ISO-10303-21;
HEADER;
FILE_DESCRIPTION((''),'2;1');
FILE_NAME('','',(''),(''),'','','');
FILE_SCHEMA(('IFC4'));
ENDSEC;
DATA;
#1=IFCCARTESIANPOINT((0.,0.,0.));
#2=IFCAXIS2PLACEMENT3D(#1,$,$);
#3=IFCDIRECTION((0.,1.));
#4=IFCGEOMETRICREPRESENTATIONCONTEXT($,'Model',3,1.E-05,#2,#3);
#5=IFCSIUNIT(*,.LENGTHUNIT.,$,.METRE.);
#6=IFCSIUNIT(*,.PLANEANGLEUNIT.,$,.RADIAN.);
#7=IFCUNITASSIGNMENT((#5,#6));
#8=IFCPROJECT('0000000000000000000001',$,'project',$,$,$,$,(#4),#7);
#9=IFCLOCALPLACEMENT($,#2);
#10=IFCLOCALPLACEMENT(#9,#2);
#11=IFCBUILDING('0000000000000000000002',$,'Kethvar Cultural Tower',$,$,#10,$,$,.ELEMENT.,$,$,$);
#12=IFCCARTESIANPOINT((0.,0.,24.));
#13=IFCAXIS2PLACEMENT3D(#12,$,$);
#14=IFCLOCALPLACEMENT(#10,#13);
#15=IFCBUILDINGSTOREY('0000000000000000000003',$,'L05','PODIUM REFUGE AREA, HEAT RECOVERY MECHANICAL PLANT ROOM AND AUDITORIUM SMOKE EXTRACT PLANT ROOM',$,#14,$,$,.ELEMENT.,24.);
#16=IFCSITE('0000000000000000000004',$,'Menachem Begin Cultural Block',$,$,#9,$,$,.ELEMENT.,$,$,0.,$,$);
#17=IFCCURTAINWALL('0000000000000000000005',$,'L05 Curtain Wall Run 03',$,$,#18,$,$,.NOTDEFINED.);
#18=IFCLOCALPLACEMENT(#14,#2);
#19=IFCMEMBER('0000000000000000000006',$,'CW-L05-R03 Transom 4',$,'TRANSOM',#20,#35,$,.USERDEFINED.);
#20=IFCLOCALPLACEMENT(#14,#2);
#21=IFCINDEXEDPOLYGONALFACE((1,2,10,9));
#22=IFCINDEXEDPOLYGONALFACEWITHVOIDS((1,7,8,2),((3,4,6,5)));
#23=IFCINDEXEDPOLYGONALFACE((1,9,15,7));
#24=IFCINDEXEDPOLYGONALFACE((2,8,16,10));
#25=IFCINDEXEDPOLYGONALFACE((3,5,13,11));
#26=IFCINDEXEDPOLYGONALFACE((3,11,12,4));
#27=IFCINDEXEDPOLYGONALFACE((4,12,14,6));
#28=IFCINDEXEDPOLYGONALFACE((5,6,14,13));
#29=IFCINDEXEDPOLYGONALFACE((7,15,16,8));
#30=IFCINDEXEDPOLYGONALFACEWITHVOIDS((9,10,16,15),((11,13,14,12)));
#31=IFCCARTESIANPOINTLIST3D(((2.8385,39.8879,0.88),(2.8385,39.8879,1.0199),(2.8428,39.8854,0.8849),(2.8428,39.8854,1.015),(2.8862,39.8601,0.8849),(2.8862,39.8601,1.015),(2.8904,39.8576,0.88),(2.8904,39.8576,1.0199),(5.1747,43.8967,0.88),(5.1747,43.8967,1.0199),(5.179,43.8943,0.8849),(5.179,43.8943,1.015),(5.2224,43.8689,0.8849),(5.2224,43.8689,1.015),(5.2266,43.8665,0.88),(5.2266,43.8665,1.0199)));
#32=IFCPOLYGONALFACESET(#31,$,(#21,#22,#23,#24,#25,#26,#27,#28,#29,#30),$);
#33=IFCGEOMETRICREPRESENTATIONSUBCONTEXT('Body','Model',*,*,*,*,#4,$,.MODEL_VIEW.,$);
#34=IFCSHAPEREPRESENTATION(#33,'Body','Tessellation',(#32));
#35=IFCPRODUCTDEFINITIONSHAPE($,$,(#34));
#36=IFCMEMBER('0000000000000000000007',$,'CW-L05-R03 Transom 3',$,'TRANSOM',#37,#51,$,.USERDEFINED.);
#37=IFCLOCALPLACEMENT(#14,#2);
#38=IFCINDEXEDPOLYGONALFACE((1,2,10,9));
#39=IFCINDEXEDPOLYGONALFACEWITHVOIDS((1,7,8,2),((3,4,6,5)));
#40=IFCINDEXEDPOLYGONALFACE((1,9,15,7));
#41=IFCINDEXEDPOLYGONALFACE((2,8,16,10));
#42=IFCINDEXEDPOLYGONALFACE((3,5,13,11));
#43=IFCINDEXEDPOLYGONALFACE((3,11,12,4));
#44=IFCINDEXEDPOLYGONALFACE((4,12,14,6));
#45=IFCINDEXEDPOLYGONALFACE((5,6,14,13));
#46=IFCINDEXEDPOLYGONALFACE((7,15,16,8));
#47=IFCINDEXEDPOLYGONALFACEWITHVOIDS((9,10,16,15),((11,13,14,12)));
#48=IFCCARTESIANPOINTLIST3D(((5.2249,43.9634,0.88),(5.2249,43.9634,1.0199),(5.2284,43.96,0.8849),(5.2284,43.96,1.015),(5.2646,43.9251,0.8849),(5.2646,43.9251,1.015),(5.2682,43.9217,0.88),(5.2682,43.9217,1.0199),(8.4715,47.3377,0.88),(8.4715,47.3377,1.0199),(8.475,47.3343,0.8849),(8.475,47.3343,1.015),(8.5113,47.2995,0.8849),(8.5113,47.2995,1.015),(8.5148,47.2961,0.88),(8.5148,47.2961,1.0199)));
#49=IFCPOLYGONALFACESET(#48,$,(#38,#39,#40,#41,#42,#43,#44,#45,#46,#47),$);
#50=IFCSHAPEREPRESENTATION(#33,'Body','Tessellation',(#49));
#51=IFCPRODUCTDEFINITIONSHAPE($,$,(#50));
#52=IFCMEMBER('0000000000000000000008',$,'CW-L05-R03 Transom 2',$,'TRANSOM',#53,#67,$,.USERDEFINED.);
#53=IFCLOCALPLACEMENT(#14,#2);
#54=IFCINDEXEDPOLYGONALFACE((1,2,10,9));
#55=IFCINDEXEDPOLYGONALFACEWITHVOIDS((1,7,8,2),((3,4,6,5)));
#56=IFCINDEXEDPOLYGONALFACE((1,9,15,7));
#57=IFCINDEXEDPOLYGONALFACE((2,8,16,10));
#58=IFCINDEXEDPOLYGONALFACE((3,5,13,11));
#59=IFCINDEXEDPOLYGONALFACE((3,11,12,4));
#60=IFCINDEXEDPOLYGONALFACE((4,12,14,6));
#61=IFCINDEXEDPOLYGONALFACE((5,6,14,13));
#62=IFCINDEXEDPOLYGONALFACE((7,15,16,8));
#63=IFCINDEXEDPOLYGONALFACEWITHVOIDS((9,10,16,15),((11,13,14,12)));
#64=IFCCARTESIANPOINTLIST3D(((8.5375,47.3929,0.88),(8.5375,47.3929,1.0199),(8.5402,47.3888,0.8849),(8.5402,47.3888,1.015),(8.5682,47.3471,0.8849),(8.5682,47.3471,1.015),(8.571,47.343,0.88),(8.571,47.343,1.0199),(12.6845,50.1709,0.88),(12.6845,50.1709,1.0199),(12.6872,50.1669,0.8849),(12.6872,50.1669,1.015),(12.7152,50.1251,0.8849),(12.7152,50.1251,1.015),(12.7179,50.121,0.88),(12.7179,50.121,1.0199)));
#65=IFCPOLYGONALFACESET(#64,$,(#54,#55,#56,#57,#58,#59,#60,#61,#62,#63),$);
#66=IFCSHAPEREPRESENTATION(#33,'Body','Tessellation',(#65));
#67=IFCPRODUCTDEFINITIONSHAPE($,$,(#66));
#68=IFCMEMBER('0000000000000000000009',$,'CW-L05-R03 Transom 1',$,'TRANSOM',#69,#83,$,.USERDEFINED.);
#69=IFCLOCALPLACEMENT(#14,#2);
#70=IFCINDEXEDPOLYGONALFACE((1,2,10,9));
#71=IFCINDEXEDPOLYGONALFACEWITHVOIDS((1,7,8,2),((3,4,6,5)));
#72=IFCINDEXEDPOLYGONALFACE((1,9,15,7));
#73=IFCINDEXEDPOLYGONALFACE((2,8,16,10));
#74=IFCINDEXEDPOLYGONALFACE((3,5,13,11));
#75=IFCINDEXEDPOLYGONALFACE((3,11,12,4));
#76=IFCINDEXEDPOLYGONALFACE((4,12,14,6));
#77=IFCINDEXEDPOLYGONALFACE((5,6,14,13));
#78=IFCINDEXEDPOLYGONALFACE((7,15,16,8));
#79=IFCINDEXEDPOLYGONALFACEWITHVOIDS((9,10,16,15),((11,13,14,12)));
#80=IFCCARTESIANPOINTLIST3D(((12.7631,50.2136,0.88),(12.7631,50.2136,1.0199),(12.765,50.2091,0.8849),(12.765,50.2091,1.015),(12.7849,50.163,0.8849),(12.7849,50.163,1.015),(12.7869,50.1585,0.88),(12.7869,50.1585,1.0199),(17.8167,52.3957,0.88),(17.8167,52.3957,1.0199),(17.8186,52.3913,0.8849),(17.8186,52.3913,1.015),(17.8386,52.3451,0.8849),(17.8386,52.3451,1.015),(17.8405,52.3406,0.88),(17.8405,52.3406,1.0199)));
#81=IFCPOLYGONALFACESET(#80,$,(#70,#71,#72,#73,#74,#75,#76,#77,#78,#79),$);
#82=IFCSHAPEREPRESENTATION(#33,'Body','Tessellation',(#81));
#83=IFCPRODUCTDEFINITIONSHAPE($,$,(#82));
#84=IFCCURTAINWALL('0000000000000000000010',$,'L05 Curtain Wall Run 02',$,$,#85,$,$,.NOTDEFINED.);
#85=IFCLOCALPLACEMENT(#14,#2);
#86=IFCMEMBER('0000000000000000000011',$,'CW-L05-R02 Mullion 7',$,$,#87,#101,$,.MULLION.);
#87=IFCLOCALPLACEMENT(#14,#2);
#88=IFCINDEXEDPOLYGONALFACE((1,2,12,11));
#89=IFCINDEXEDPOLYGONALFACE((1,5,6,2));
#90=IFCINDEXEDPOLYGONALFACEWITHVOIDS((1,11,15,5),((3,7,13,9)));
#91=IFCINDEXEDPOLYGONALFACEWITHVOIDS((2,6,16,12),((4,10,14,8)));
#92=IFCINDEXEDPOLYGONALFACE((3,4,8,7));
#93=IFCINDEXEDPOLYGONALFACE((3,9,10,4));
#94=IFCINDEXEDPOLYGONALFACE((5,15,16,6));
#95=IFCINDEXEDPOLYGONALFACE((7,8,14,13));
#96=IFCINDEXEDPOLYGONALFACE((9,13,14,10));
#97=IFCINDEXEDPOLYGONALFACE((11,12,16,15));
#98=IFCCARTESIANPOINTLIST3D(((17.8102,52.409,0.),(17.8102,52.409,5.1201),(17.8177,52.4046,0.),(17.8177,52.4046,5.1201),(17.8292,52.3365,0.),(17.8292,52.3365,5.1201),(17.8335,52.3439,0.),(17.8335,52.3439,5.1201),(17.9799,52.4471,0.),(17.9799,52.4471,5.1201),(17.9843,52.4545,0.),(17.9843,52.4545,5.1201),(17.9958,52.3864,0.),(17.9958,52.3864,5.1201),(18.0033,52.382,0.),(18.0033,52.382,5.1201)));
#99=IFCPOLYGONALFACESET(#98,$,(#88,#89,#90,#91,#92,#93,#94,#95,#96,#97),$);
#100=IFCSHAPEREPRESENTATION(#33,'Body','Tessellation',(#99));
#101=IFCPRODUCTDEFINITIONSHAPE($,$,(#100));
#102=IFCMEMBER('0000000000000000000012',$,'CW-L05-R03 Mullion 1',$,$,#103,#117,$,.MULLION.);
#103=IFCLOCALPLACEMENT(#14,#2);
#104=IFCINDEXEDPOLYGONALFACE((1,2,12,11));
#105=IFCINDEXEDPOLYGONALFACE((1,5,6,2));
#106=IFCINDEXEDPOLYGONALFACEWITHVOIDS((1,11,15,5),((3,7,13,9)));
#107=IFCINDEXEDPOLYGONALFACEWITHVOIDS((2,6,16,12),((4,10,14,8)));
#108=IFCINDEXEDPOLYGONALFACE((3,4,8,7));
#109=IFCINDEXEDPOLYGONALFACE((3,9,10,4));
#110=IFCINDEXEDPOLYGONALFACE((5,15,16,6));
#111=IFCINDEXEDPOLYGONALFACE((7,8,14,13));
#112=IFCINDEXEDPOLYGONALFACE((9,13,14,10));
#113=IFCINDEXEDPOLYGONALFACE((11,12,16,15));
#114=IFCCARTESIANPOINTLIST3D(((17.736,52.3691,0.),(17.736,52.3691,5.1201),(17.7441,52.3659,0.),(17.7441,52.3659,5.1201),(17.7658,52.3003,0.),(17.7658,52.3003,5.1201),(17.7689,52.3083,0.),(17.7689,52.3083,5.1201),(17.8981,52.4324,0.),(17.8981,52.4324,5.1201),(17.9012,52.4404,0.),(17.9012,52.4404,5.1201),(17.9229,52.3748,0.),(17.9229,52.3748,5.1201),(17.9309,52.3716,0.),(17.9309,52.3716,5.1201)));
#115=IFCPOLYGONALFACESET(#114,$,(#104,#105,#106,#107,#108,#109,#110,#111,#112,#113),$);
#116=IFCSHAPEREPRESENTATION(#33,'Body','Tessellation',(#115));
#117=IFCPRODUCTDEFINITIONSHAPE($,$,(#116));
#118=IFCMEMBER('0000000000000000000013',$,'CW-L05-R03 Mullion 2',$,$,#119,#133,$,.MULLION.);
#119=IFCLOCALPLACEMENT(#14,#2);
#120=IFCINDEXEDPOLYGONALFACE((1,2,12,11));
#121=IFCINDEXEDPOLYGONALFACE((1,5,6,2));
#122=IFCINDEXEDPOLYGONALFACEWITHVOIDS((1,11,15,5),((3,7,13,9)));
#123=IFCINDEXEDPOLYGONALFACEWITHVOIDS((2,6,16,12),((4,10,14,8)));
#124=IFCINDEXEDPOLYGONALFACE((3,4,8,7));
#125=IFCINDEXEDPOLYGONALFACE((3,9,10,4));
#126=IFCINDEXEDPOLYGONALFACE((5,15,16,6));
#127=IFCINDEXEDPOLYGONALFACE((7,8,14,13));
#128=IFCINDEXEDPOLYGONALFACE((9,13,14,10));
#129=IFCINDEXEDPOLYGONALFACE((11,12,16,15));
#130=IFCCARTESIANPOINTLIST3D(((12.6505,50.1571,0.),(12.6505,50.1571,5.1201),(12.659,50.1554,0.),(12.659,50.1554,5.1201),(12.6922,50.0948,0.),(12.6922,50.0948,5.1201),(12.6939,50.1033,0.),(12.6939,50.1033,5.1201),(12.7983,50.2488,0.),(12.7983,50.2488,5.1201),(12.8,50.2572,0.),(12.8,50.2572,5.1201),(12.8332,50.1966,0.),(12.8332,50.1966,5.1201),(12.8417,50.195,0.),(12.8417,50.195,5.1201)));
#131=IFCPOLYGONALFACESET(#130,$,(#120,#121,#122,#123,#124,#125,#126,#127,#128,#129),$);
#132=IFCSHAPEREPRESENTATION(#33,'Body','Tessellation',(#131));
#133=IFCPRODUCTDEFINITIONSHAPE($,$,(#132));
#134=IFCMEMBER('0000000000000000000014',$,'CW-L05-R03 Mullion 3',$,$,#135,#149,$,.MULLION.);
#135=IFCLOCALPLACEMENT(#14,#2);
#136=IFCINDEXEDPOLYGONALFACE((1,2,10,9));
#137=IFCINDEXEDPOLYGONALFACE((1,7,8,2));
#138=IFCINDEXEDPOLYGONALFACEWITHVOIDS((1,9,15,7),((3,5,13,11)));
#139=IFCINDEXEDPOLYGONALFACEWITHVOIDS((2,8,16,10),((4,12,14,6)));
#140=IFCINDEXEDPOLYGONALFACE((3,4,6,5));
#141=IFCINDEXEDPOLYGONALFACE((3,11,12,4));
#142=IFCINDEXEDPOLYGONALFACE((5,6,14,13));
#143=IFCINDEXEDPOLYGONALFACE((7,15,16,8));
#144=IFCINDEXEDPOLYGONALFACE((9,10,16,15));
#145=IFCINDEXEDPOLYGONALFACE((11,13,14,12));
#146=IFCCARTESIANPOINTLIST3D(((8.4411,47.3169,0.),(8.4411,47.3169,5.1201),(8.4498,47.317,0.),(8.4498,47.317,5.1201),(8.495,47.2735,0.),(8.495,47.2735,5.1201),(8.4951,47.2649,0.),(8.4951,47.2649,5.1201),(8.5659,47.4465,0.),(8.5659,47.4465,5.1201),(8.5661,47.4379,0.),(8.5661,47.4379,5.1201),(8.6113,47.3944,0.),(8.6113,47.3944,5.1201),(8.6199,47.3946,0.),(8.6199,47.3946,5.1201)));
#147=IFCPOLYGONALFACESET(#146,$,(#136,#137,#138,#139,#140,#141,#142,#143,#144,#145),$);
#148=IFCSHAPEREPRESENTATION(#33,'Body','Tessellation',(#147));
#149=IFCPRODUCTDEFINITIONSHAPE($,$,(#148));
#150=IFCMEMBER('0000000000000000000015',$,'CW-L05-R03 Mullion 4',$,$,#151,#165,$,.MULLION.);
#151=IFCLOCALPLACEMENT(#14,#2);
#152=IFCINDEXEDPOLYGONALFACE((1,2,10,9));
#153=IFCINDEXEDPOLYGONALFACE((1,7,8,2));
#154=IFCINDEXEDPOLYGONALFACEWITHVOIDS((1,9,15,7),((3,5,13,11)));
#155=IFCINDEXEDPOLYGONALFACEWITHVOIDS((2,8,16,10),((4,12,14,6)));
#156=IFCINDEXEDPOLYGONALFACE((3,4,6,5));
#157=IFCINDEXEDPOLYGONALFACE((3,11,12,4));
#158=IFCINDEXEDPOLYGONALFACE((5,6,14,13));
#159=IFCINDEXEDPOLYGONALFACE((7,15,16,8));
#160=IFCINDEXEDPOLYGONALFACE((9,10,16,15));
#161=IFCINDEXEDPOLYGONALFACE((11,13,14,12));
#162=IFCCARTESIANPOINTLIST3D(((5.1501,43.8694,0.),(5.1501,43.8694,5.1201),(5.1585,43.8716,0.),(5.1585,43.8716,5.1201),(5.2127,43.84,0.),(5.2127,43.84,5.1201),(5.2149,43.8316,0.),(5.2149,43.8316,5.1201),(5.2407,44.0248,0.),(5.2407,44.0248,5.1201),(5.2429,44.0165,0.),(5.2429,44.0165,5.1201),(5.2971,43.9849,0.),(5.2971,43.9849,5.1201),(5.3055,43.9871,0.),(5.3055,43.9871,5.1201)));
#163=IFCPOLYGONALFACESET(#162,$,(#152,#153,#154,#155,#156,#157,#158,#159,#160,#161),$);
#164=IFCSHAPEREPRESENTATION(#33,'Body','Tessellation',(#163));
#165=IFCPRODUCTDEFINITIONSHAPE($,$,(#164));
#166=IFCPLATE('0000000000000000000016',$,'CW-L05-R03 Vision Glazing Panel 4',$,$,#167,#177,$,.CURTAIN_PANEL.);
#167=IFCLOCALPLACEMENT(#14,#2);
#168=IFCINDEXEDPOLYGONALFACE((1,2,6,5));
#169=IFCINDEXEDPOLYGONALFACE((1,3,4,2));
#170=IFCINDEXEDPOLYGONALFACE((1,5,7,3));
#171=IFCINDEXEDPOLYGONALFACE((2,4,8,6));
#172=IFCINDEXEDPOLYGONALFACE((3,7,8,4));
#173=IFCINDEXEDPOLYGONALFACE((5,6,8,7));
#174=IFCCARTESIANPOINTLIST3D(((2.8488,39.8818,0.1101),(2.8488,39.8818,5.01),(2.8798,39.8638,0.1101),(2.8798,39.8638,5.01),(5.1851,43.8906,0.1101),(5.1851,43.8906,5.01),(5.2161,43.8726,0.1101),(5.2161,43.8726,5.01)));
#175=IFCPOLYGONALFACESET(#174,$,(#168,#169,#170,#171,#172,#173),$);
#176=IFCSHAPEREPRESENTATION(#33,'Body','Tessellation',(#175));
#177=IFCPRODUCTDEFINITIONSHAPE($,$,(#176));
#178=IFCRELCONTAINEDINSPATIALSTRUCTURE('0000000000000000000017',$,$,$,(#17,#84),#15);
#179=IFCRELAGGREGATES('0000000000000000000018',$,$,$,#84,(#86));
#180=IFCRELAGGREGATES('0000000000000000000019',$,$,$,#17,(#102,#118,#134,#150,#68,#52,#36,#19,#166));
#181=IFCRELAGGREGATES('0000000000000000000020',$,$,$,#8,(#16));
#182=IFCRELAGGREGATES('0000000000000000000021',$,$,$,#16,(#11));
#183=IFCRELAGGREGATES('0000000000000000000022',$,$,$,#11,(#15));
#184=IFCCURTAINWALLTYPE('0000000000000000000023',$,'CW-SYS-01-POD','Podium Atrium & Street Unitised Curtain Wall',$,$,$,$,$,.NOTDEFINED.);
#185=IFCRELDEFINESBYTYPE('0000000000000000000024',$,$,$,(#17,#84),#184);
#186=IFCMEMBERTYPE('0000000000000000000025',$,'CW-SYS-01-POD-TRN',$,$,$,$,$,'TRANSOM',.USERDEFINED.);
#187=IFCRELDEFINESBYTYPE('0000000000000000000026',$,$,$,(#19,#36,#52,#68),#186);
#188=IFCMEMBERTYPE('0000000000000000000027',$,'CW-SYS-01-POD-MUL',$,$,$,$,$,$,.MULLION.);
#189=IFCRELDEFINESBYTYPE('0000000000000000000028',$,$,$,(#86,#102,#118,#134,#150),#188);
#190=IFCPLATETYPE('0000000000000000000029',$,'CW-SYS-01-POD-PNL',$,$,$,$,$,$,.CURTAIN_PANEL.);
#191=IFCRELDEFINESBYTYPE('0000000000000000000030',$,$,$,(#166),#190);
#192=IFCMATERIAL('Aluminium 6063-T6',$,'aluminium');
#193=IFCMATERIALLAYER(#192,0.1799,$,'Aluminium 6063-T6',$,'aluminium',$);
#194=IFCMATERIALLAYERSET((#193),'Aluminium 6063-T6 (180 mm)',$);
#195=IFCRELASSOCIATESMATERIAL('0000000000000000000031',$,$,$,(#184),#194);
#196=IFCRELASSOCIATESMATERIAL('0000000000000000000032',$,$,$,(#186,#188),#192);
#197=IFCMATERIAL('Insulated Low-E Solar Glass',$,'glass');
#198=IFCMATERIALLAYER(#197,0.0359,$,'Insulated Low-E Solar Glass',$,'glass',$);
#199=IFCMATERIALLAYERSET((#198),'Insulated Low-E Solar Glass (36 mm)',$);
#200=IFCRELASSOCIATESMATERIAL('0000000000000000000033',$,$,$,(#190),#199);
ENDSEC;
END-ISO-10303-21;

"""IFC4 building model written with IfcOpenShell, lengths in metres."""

from ifc_helpers import new_model, si_unit, direction, frame, origin, origin_2d, place, context, subcontext, project, spatial, rectangle, hollow_rectangle, extrude, source, transform, mapped, material, layer, layer_set, material_profile, profile_set, type_object, element, aggregate, save


model = new_model("IFC4")

# Units and contexts
model_context = context("Model", 3, precision=1e-05, world=origin(), true_north=direction((0.0, 1.0)))
body_context = subcontext(model_context, "Body", "Model", "MODEL_VIEW")
ifc_project = project(units=[si_unit("LENGTHUNIT", "METRE"), si_unit("PLANEANGLEUNIT", "RADIAN")], contexts=[model_context])

# Site, building, storey
site_placement = place(None, origin())
site = spatial("IfcSite", under=ifc_project, at=site_placement, Name="Menachem Begin Cultural Block", CompositionType="ELEMENT", RefElevation=0.0)
building_placement = place(site_placement, origin())
building = spatial("IfcBuilding", under=site, at=building_placement, Name="Kethvar Cultural Tower", CompositionType="ELEMENT")
storey_placement = place(building_placement, frame((0.0, 0.0, 24.0)))
storey = spatial("IfcBuildingStorey", under=building, at=storey_placement, Name="L05", Description="PODIUM REFUGE AREA, HEAT RECOVERY MECHANICAL PLANT ROOM AND AUDITORIUM SMOKE EXTRACT PLANT ROOM", CompositionType="ELEMENT", Elevation=24.0)

# Curtain wall, members
ifc_material_1 = material(Name="Aluminium 6063-T6", Category="aluminium")
ifc_layer_1 = layer(ifc_material_1, 0.1799, Name="Aluminium 6063-T6", Category="aluminium")
ifc_layer_set_1 = layer_set([ifc_layer_1], Name="Aluminium 6063-T6 (180 mm)")
curtain_wall_type = type_object("IfcCurtainWallType", Name="CW-SYS-01-POD", Description="Podium Atrium & Street Unitised Curtain Wall", PredefinedType="NOTDEFINED", material=ifc_layer_set_1)
curtain_wall_1_placement = place(storey_placement, origin())
curtain_wall_1 = element("IfcCurtainWall", 1, at=curtain_wall_1_placement, inside=storey, type_object=curtain_wall_type, Name="L05 Curtain Wall Run 03", PredefinedType="NOTDEFINED")
ifc_material_profile_1 = material_profile(ifc_material_1, hollow_rectangle(XDim=0.0601, YDim=0.1399, WallThickness=0.0049, at=origin_2d()), Name="Aluminium 6063-T6 — RHS140x60x5")
ifc_profile_set_1 = profile_set([ifc_material_profile_1], Name="Aluminium 6063-T6 — RHS140x60x5")
member_type_1 = type_object("IfcMemberType", Name="CW-SYS-01-POD-TRN", ElementType="TRANSOM", PredefinedType="USERDEFINED", material=ifc_profile_set_1)
shared_shape_1 = source(origin(), body_context, "Body", "SweptSolid", [
    extrude(hollow_rectangle(XDim=0.0601, YDim=0.1399, WallThickness=0.0049, at=origin_2d()), origin(), (0.0, 0.0, 1.0), 4.6399),
])
member_1_placement = place(storey_placement, frame((5.2007, 43.8816, 0.95), z_axis=(-0.503505, -0.863993, 0.0), x_axis=(0.863993, -0.503505, 0.0)))
member_1 = element("IfcMember", 2, at=member_1_placement, type_object=member_type_1, Name="CW-L05-R03 Transom 4", ObjectType="TRANSOM", PredefinedType="USERDEFINED", context=body_context, shape_type="MappedRepresentation", body=[
    mapped(shared_shape_1, transform((0.0, 0.0, 0.0), scale=1.0)),
])
shared_shape_2 = source(origin(), body_context, "Body", "SweptSolid", [
    extrude(hollow_rectangle(XDim=0.0601, YDim=0.1399, WallThickness=0.0049, at=origin_2d()), origin(), (0.0, 0.0, 1.0), 4.6826),
])
member_2_placement = place(storey_placement, frame((8.4932, 47.3169, 0.95), z_axis=(-0.693341, -0.72061, 0.0), x_axis=(0.72061, -0.693341, 0.0)))
member_2 = element("IfcMember", 3, at=member_2_placement, type_object=member_type_1, Name="CW-L05-R03 Transom 3", ObjectType="TRANSOM", PredefinedType="USERDEFINED", context=body_context, shape_type="MappedRepresentation", body=[
    mapped(shared_shape_2, transform((0.0, 0.0, 0.0), scale=1.0)),
])
shared_shape_3 = source(origin(), body_context, "Body", "SweptSolid", [
    extrude(hollow_rectangle(XDim=0.0601, YDim=0.1399, WallThickness=0.0049, at=origin_2d()), origin(), (0.0, 0.0, 1.0), 4.9915),
])
member_3_placement = place(storey_placement, frame((12.7012, 50.146, 0.95), z_axis=(-0.830807, -0.556561, 0.0), x_axis=(0.556561, -0.830807, 0.0)))
member_3 = element("IfcMember", 4, at=member_3_placement, type_object=member_type_1, Name="CW-L05-R03 Transom 2", ObjectType="TRANSOM", PredefinedType="USERDEFINED", context=body_context, shape_type="MappedRepresentation", body=[
    mapped(shared_shape_3, transform((0.0, 0.0, 0.0), scale=1.0)),
])
shared_shape_4 = source(origin(), body_context, "Body", "SweptSolid", [
    extrude(hollow_rectangle(XDim=0.0601, YDim=0.1399, WallThickness=0.0049, at=origin_2d()), origin(), (0.0, 0.0, 1.0), 5.5046),
])
member_4_placement = place(storey_placement, frame((17.8286, 52.3682, 0.95), z_axis=(-0.918073, -0.396412, 0.0), x_axis=(0.396412, -0.918073, 0.0)))
member_4 = element("IfcMember", 5, at=member_4_placement, type_object=member_type_1, Name="CW-L05-R03 Transom 1", ObjectType="TRANSOM", PredefinedType="USERDEFINED", context=body_context, shape_type="MappedRepresentation", body=[
    mapped(shared_shape_4, transform((0.0, 0.0, 0.0), scale=1.0)),
])

# Curtain wall, member
curtain_wall_2_placement = place(storey_placement, origin())
curtain_wall_2 = element("IfcCurtainWall", 6, at=curtain_wall_2_placement, inside=storey, type_object=curtain_wall_type, Name="L05 Curtain Wall Run 02", PredefinedType="NOTDEFINED")
ifc_material_profile_2 = material_profile(ifc_material_1, hollow_rectangle(XDim=0.075, YDim=0.1799, WallThickness=0.0061, at=origin_2d()), Name="Aluminium 6063-T6 — RHS180x75x6")
ifc_profile_set_2 = profile_set([ifc_material_profile_2], Name="Aluminium 6063-T6 — RHS180x75x6")
member_type_2 = type_object("IfcMemberType", Name="CW-SYS-01-POD-MUL", PredefinedType="MULLION", material=ifc_profile_set_2)
shared_shape_5 = source(origin(), body_context, "Body", "SweptSolid", [
    extrude(hollow_rectangle(XDim=0.075, YDim=0.1799, WallThickness=0.0061, at=origin_2d()), origin(), (0.0, 0.0, 1.0), 5.1201),
])
member_5_placement = place(storey_placement, frame((17.9067, 52.3955, 0.0), z_axis=(0.0, 0.0, 1.0), x_axis=(0.253032, -0.967458, 0.0)))
member_5 = element("IfcMember", 7, at=member_5_placement, type_object=member_type_2, Name="CW-L05-R02 Mullion 7", PredefinedType="MULLION", context=body_context, shape_type="MappedRepresentation", body=[
    mapped(shared_shape_5, transform((0.0, 0.0, 0.0), scale=1.0)),
])
aggregate(curtain_wall_2, [member_5])

# Members
member_6_placement = place(storey_placement, frame((17.8335, 52.3704, 0.0), z_axis=(0.0, 0.0, 1.0), x_axis=(0.396411, -0.918073, 0.0)))
member_6 = element("IfcMember", 8, at=member_6_placement, type_object=member_type_2, Name="CW-L05-R03 Mullion 1", PredefinedType="MULLION", context=body_context, shape_type="MappedRepresentation", body=[
    mapped(shared_shape_5, transform((0.0, 0.0, 0.0), scale=1.0)),
])
member_7_placement = place(storey_placement, frame((12.7461, 50.176, 0.0), z_axis=(0.0, 0.0, 1.0), x_axis=(0.556557, -0.83081, 0.0)))
member_7 = element("IfcMember", 9, at=member_7_placement, type_object=member_type_2, Name="CW-L05-R03 Mullion 2", PredefinedType="MULLION", context=body_context, shape_type="MappedRepresentation", body=[
    mapped(shared_shape_5, transform((0.0, 0.0, 0.0), scale=1.0)),
])
member_8_placement = place(storey_placement, frame((8.5305, 47.3557, 0.0), z_axis=(0.0, 0.0, 1.0), x_axis=(0.720612, -0.693339, 0.0)))
member_8 = element("IfcMember", 10, at=member_8_placement, type_object=member_type_2, Name="CW-L05-R03 Mullion 3", PredefinedType="MULLION", context=body_context, shape_type="MappedRepresentation", body=[
    mapped(shared_shape_5, transform((0.0, 0.0, 0.0), scale=1.0)),
])
member_9_placement = place(storey_placement, frame((5.2278, 43.9282, 0.0), z_axis=(0.0, 0.0, 1.0), x_axis=(0.863985, -0.503518, 0.0)))
member_9 = element("IfcMember", 11, at=member_9_placement, type_object=member_type_2, Name="CW-L05-R03 Mullion 4", PredefinedType="MULLION", context=body_context, shape_type="MappedRepresentation", body=[
    mapped(shared_shape_5, transform((0.0, 0.0, 0.0), scale=1.0)),
])

# Plate
ifc_material_2 = material(Name="Insulated Low-E Solar Glass", Category="glass")
ifc_layer_2 = layer(ifc_material_2, 0.0359, Name="Insulated Low-E Solar Glass", Category="glass")
ifc_layer_set_2 = layer_set([ifc_layer_2], Name="Insulated Low-E Solar Glass (36 mm)")
plate_type = type_object("IfcPlateType", Name="CW-SYS-01-POD-PNL", PredefinedType="CURTAIN_PANEL", material=ifc_layer_set_2)
shared_shape_6 = source(origin(), body_context, "Body", "SweptSolid", [
    extrude(rectangle(XDim=4.6399, YDim=0.0359, at=origin_2d()), origin(), (0.0, 0.0, 1.0), 4.8999),
])
plate_1_placement = place(storey_placement, frame((4.0325, 41.8772, 0.1101), z_axis=(0.0, 0.0, 1.0), x_axis=(-0.503518, -0.863985, 0.0)))
plate_1 = element("IfcPlate", 12, at=plate_1_placement, type_object=plate_type, Name="CW-L05-R03 Vision Glazing Panel 4", PredefinedType="CURTAIN_PANEL", context=body_context, shape_type="MappedRepresentation", body=[
    mapped(shared_shape_6, transform((0.0, 0.0, 0.0), scale=1.0)),
])
aggregate(curtain_wall_1, [member_6, member_7, member_8, member_9, member_4, member_3, member_2, member_1, plate_1])

save(model, "model.ifc")
